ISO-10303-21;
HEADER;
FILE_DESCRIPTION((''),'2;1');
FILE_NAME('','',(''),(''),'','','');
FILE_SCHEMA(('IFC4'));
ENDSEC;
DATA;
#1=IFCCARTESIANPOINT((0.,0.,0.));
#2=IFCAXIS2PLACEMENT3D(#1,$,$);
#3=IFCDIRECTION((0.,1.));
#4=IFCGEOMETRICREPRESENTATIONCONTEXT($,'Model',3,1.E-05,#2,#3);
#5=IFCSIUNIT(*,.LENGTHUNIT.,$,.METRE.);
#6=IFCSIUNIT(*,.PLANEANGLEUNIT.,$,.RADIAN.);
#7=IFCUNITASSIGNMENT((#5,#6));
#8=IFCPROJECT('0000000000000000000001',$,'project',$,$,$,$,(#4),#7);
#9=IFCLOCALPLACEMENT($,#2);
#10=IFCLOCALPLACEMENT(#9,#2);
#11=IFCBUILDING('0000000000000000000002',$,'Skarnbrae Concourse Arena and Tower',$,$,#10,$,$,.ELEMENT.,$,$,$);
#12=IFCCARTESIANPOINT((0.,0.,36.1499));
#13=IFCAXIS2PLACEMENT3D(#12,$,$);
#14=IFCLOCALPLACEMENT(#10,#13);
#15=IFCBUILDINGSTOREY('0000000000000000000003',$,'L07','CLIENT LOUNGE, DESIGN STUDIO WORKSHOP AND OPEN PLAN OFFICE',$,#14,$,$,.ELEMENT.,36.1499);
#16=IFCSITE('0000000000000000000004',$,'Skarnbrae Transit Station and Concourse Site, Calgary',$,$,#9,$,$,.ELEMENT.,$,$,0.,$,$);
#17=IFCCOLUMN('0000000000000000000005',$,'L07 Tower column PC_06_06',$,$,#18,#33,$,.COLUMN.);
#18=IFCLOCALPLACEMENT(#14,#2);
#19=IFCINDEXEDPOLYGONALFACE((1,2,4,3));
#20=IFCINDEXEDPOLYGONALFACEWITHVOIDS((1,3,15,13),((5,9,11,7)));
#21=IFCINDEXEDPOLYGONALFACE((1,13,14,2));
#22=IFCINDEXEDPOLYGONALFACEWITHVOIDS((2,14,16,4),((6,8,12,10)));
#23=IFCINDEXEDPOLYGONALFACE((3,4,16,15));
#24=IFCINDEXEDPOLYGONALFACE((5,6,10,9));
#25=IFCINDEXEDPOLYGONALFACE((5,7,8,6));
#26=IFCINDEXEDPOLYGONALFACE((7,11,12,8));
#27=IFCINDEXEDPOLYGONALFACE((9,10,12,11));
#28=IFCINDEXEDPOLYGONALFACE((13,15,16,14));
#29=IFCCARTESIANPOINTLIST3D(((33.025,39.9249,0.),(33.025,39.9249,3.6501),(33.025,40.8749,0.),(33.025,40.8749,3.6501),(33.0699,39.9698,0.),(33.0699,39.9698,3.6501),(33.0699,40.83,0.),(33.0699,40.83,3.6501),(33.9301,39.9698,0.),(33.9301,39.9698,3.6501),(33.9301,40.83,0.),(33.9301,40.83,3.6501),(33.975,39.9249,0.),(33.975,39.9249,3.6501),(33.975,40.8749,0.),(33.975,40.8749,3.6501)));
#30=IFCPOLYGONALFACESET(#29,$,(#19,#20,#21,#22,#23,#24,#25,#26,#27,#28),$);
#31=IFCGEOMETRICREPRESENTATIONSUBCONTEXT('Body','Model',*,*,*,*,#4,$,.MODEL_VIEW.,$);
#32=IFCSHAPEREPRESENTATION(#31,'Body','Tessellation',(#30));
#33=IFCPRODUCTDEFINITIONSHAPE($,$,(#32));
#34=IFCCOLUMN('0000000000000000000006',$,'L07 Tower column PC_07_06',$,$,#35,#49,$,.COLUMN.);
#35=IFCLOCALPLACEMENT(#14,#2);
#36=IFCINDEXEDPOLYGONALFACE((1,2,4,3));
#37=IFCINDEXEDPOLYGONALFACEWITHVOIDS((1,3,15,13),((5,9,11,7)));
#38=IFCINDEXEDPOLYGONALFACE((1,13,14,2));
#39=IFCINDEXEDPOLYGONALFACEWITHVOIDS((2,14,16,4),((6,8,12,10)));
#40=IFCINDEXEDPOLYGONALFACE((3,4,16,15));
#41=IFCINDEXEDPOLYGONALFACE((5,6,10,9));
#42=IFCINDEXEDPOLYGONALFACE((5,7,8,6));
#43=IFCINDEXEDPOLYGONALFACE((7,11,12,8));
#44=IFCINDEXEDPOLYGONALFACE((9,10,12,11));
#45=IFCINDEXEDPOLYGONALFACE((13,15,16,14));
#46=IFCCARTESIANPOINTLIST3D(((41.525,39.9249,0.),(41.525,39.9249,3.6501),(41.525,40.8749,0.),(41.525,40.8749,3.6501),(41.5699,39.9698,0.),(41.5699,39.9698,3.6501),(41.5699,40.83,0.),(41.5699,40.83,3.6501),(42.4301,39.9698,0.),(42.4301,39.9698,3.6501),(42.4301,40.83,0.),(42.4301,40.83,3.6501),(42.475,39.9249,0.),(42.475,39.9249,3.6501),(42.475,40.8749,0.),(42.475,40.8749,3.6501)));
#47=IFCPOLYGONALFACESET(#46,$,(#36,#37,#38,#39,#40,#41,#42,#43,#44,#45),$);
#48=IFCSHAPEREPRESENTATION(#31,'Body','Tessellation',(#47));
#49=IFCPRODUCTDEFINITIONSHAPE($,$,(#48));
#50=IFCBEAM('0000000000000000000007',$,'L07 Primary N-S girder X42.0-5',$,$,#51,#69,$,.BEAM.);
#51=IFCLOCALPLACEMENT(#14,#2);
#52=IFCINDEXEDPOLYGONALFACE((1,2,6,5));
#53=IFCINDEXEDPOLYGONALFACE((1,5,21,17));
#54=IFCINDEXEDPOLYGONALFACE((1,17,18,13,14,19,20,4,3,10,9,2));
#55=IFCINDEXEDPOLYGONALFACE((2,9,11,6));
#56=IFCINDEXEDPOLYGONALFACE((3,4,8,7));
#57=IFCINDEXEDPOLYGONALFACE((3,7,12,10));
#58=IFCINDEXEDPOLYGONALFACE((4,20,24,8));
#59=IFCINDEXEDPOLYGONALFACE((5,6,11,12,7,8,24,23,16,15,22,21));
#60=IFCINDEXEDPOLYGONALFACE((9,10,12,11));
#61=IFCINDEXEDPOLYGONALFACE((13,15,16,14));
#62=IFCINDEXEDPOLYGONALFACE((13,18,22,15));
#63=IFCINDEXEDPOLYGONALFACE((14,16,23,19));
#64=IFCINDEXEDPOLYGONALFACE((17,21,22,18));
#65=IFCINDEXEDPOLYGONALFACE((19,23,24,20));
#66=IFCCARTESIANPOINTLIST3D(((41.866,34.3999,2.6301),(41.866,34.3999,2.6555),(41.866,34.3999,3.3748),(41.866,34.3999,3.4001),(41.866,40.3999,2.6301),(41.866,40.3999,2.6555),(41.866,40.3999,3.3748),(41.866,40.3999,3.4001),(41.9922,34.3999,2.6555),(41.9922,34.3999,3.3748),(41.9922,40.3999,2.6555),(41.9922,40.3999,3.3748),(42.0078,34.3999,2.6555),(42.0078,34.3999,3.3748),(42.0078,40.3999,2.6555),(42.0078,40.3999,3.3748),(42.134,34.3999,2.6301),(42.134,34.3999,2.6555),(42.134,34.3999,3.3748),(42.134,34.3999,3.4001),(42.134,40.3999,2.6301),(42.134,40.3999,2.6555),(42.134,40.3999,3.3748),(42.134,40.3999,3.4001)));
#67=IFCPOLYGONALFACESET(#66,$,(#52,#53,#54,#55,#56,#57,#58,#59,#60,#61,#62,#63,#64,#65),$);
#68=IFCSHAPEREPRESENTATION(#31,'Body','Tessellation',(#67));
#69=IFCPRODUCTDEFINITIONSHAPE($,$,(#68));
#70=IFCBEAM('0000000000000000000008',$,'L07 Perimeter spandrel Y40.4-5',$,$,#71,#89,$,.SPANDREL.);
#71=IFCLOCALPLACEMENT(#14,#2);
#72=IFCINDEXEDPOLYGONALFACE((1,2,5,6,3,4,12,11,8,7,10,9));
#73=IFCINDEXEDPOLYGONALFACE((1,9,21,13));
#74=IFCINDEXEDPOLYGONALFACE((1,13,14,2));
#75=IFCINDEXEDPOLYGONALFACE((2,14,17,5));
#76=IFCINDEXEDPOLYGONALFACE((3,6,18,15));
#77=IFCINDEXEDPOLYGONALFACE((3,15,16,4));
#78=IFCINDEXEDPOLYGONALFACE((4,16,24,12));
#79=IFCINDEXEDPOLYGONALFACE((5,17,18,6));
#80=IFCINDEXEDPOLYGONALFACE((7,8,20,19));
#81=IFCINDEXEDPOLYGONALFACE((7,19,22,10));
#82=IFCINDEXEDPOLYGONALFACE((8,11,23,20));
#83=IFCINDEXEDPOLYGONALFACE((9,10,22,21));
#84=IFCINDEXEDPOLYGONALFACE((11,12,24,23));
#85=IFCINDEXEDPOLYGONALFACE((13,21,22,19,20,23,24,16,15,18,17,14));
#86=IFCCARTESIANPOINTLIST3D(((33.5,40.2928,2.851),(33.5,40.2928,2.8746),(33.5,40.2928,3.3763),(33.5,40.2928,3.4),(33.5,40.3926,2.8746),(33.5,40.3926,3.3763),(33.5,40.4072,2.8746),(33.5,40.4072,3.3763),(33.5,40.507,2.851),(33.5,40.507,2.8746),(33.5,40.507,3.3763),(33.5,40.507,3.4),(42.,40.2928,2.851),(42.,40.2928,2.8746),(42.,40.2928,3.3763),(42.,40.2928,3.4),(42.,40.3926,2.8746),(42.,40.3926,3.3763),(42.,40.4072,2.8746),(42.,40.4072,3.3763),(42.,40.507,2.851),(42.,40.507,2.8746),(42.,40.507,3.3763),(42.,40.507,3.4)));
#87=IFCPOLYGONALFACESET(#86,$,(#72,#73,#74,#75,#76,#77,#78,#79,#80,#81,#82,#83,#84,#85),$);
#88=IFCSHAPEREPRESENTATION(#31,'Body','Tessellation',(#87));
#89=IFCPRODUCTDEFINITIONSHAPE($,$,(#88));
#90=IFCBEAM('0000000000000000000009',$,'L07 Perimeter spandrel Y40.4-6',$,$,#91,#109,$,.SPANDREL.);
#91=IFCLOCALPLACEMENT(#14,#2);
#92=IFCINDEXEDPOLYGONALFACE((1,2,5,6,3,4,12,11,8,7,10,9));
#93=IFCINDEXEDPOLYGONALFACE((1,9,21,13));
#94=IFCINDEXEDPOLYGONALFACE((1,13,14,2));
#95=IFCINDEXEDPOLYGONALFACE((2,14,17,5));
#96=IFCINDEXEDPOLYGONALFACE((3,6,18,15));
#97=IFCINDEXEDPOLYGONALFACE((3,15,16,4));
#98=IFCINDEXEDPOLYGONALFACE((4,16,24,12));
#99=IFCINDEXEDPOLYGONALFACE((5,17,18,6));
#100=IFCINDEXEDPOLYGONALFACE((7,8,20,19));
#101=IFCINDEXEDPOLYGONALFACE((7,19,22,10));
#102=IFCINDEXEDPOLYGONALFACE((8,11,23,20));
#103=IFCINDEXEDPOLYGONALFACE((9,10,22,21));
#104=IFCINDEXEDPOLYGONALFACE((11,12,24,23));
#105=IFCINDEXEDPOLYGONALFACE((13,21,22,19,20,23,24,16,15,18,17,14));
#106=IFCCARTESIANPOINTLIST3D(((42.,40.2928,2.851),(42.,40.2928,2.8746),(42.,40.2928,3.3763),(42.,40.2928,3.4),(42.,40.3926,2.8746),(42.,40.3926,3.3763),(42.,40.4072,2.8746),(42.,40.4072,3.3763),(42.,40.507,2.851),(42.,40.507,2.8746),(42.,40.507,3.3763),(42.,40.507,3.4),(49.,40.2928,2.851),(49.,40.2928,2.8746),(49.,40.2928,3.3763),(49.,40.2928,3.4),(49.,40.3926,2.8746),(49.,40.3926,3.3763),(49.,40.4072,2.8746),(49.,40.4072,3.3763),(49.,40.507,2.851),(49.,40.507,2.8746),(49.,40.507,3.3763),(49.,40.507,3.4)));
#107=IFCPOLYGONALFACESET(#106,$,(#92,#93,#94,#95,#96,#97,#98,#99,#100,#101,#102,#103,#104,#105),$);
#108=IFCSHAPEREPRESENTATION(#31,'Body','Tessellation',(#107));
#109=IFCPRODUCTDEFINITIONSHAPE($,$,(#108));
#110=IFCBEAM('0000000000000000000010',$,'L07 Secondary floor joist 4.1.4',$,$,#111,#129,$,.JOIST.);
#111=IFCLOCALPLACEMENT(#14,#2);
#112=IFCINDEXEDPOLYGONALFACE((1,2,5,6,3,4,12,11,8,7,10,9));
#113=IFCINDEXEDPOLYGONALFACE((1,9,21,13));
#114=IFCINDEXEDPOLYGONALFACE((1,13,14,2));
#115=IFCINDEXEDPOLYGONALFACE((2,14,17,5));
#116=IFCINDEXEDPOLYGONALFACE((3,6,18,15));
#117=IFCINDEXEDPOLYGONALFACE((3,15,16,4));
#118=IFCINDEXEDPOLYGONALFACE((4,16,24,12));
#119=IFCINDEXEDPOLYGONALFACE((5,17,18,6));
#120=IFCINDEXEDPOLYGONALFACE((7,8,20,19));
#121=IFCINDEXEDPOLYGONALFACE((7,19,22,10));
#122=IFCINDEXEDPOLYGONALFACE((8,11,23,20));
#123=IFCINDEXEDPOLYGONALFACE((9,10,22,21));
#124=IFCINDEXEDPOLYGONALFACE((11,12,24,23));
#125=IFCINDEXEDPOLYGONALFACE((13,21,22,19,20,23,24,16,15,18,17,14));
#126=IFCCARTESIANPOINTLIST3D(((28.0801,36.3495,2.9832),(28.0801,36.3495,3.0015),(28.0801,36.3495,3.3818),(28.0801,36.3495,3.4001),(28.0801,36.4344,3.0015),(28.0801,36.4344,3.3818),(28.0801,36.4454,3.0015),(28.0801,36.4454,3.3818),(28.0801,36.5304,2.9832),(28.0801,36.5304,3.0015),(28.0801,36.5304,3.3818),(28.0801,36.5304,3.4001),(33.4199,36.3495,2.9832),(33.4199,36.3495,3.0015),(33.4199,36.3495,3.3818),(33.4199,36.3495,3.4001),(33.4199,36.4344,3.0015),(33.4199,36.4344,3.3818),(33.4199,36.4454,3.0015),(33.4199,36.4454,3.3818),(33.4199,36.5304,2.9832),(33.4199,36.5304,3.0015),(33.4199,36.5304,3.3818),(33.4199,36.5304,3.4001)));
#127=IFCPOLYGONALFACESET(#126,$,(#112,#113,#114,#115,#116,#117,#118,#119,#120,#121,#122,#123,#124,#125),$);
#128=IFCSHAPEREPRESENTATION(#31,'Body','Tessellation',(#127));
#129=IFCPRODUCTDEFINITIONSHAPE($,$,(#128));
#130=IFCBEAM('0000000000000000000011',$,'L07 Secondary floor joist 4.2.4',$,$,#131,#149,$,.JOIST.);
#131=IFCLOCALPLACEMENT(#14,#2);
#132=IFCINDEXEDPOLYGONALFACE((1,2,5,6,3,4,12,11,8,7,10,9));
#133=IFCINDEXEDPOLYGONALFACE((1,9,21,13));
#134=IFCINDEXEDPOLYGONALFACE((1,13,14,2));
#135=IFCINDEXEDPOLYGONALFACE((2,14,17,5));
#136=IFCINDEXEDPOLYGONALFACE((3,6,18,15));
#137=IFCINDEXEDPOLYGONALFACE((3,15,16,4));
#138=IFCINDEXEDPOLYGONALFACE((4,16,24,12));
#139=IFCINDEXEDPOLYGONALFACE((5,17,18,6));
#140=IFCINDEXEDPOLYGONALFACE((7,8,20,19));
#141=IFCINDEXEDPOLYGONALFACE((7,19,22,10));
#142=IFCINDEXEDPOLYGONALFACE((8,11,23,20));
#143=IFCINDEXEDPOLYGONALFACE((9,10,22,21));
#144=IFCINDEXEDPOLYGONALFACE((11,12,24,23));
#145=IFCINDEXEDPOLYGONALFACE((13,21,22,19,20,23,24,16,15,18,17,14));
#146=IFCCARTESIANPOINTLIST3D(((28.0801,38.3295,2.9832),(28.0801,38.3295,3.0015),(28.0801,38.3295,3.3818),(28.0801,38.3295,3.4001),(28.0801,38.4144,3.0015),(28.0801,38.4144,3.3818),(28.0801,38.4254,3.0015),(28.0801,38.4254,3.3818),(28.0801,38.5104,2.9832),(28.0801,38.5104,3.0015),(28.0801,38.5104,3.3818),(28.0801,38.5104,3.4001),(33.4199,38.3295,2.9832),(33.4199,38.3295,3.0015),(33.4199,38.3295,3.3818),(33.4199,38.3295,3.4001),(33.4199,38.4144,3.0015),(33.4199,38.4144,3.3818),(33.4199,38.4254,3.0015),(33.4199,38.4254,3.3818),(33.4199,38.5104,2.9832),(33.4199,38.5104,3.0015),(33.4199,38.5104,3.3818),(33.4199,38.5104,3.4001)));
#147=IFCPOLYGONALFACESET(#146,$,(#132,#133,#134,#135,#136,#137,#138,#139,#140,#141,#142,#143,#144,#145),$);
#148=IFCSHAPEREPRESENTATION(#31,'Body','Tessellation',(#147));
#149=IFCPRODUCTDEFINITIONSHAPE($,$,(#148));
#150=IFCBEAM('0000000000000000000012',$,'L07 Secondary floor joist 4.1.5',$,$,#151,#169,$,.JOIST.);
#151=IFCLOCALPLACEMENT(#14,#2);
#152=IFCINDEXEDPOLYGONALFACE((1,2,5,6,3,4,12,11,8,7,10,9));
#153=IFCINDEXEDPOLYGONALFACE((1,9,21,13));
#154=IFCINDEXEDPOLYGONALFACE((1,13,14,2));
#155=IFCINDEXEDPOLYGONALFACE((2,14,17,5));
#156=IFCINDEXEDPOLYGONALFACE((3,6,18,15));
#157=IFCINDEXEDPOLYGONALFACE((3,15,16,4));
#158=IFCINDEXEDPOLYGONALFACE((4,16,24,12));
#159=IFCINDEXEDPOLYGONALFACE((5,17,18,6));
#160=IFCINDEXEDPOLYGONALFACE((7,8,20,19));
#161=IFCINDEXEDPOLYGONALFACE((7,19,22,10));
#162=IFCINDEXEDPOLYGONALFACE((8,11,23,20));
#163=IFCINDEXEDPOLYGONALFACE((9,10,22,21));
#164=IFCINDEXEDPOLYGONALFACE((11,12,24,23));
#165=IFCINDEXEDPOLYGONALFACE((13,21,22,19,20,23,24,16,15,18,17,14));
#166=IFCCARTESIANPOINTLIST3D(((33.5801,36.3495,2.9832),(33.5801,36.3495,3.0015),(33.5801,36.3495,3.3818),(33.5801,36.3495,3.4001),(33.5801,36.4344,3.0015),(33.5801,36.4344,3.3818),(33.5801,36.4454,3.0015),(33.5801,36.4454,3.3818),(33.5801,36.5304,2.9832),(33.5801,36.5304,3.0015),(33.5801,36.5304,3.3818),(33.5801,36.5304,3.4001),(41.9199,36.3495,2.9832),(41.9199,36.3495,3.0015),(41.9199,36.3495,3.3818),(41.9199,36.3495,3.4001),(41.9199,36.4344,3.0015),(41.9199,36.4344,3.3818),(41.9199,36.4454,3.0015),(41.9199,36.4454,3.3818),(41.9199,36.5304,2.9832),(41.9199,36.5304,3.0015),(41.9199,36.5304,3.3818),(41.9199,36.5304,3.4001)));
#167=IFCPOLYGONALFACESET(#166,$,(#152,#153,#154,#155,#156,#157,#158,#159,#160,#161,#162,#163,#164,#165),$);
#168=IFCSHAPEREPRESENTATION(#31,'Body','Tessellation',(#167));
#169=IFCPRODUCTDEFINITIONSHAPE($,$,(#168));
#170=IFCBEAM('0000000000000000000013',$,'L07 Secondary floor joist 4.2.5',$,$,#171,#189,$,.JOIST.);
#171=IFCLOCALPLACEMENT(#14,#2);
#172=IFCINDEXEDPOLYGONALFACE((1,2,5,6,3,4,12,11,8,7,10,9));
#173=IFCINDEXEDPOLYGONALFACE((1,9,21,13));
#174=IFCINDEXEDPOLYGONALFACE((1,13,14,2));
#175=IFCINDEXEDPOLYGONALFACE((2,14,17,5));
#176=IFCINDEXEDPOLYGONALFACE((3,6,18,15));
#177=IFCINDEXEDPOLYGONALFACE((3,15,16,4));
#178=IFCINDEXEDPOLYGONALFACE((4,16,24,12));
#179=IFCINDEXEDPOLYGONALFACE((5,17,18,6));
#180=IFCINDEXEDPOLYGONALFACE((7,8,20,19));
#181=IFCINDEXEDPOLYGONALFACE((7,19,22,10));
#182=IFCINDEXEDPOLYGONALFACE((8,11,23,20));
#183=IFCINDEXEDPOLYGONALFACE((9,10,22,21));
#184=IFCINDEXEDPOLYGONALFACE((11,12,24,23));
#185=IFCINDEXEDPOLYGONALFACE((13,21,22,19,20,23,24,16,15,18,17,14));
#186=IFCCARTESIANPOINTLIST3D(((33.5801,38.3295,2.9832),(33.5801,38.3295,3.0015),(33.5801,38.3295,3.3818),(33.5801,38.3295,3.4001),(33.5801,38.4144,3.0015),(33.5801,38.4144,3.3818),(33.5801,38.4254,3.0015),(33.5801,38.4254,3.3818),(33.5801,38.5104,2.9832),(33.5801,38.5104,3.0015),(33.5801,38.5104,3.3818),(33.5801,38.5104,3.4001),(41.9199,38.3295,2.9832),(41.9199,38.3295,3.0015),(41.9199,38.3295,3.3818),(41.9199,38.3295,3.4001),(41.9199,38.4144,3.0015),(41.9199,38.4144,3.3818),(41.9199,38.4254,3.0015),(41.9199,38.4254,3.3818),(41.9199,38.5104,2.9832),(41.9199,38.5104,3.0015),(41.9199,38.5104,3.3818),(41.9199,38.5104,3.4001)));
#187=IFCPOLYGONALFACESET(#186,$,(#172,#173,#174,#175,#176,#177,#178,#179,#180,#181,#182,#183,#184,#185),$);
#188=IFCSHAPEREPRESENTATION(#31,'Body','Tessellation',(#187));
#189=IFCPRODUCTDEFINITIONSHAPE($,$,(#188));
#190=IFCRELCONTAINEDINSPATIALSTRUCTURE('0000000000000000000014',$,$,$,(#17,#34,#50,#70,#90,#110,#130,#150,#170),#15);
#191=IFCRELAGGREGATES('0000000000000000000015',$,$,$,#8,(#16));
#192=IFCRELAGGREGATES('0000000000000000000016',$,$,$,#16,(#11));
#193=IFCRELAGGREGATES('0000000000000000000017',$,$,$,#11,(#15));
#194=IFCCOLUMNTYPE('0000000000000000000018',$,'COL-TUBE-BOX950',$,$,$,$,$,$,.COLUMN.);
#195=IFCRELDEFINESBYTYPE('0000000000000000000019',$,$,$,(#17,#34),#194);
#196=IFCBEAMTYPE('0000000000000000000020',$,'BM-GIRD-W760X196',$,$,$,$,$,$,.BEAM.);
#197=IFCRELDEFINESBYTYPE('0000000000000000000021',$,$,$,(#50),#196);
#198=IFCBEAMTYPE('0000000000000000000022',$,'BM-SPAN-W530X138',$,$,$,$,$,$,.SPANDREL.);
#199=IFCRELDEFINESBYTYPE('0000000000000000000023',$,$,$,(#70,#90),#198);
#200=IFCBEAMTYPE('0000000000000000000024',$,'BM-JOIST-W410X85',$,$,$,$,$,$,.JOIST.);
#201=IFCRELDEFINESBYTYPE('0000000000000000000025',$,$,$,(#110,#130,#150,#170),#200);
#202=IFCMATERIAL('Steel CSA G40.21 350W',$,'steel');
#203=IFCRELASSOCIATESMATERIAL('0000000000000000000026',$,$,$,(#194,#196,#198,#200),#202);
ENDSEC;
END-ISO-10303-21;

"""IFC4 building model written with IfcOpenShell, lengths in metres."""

from ifc_helpers import new_model, si_unit, direction, frame, origin, origin_2d, place, context, subcontext, project, spatial, hollow_rectangle, i_section, extrude, source, transform, mapped, material, material_profile, profile_set, type_object, element, save


model = new_model("IFC4")

# Units and contexts
model_context = context("Model", 3, precision=1e-05, world=origin(), true_north=direction((0.0, 1.0)))
body_context = subcontext(model_context, "Body", "Model", "MODEL_VIEW")
ifc_project = project(units=[si_unit("LENGTHUNIT", "METRE"), si_unit("PLANEANGLEUNIT", "RADIAN")], contexts=[model_context])

# Site, building, storey
site_placement = place(None, origin())
site = spatial("IfcSite", under=ifc_project, at=site_placement, Name="Skarnbrae Transit Station and Concourse Site, Calgary", CompositionType="ELEMENT", RefElevation=0.0)
building_placement = place(site_placement, origin())
building = spatial("IfcBuilding", under=site, at=building_placement, Name="Skarnbrae Concourse Arena and Tower", CompositionType="ELEMENT")
storey_placement = place(building_placement, frame((0.0, 0.0, 36.1499)))
storey = spatial("IfcBuildingStorey", under=building, at=storey_placement, Name="L07", Description="CLIENT LOUNGE, DESIGN STUDIO WORKSHOP AND OPEN PLAN OFFICE", CompositionType="ELEMENT", Elevation=36.1499)

# Columns
ifc_material_1 = material(Name="Steel CSA G40.21 350W", Category="steel")
ifc_material_profile_1 = material_profile(ifc_material_1, hollow_rectangle(XDim=0.95, YDim=0.95, WallThickness=0.0449, at=origin_2d()), Name="BOX950X950X45")
ifc_profile_set_1 = profile_set([ifc_material_profile_1], Name="Steel CSA G40.21 350W")
column_type = type_object("IfcColumnType", Name="COL-TUBE-BOX950", PredefinedType="COLUMN", material=ifc_profile_set_1)
shared_shape_1 = source(origin(), body_context, "Body", "SweptSolid", [
    extrude(hollow_rectangle(XDim=0.95, YDim=0.95, WallThickness=0.0449, at=origin_2d()), origin(), (0.0, 0.0, 1.0), 3.6501),
])
for number, where, z_axis, x_axis, name in (
    (1, (33.5, 40.3999, 0.0), (0.0, 0.0, 1.0), (1.0, 0.0, 0.0), "L07 Tower column PC_06_06"),
    (2, (42.0, 40.3999, 0.0), (0.0, 0.0, 1.0), (1.0, 0.0, 0.0), "L07 Tower column PC_07_06"),
):
    element("IfcColumn", number, at=place(storey_placement, frame(where, z_axis=z_axis, x_axis=x_axis)), inside=storey, type_object=column_type, Name=name, PredefinedType="COLUMN", context=body_context, shape_type="MappedRepresentation", body=[
        mapped(shared_shape_1, transform((0.0, 0.0, 0.0))),
    ])

# Beams
ifc_material_profile_2 = material_profile(ifc_material_1, i_section(OverallWidth=0.2681, OverallDepth=0.77, WebThickness=0.0156, FlangeThickness=0.0254, at=origin_2d()), Name="W760X196")
ifc_profile_set_2 = profile_set([ifc_material_profile_2], Name="Steel CSA G40.21 350W")
beam_type_1 = type_object("IfcBeamType", Name="BM-GIRD-W760X196", PredefinedType="BEAM", material=ifc_profile_set_2)
shared_shape_2 = source(origin(), body_context, "Body", "SweptSolid", [
    extrude(i_section(OverallWidth=0.2681, OverallDepth=0.77, WebThickness=0.0156, FlangeThickness=0.0254, at=origin_2d()), origin(), (0.0, 0.0, 1.0), 6.0),
])
beam_1_placement = place(storey_placement, frame((42.0, 34.3999, 3.0151), z_axis=(0.0, 1.0, 0.0), x_axis=(-1.0, 0.0, 0.0)))
element("IfcBeam", 3, at=beam_1_placement, inside=storey, type_object=beam_type_1, Name="L07 Primary N-S girder X42.0-5", PredefinedType="BEAM", context=body_context, shape_type="MappedRepresentation", body=[
    mapped(shared_shape_2, transform((0.0, 0.0, 0.0))),
])
ifc_material_profile_3 = material_profile(ifc_material_1, i_section(OverallWidth=0.2141, OverallDepth=0.5491, WebThickness=0.0146, FlangeThickness=0.0237, at=origin_2d()), Name="W530X138")
ifc_profile_set_3 = profile_set([ifc_material_profile_3], Name="Steel CSA G40.21 350W")
beam_type_2 = type_object("IfcBeamType", Name="BM-SPAN-W530X138", PredefinedType="SPANDREL", material=ifc_profile_set_3)
shared_shape_3 = source(origin(), body_context, "Body", "SweptSolid", [
    extrude(i_section(OverallWidth=0.2141, OverallDepth=0.5491, WebThickness=0.0146, FlangeThickness=0.0237, at=origin_2d()), origin(), (0.0, 0.0, 1.0), 8.5),
])
beam_2_placement = place(storey_placement, frame((33.5, 40.3999, 3.1255), z_axis=(1.0, 0.0, 0.0), x_axis=(0.0, 1.0, 0.0)))
element("IfcBeam", 4, at=beam_2_placement, inside=storey, type_object=beam_type_2, Name="L07 Perimeter spandrel Y40.4-5", PredefinedType="SPANDREL", context=body_context, shape_type="MappedRepresentation", body=[
    mapped(shared_shape_3, transform((0.0, 0.0, 0.0))),
])
shared_shape_4 = source(origin(), body_context, "Body", "SweptSolid", [
    extrude(i_section(OverallWidth=0.2141, OverallDepth=0.5491, WebThickness=0.0146, FlangeThickness=0.0237, at=origin_2d()), origin(), (0.0, 0.0, 1.0), 7.0),
])
beam_3_placement = place(storey_placement, frame((42.0, 40.3999, 3.1255), z_axis=(1.0, 0.0, 0.0), x_axis=(0.0, 1.0, 0.0)))
element("IfcBeam", 5, at=beam_3_placement, inside=storey, type_object=beam_type_2, Name="L07 Perimeter spandrel Y40.4-6", PredefinedType="SPANDREL", context=body_context, shape_type="MappedRepresentation", body=[
    mapped(shared_shape_4, transform((0.0, 0.0, 0.0))),
])
ifc_material_profile_4 = material_profile(ifc_material_1, i_section(OverallWidth=0.1809, OverallDepth=0.417, WebThickness=0.011, FlangeThickness=0.0183, at=origin_2d()), Name="W410X85")
ifc_profile_set_4 = profile_set([ifc_material_profile_4], Name="Steel CSA G40.21 350W")
beam_type_3 = type_object("IfcBeamType", Name="BM-JOIST-W410X85", PredefinedType="JOIST", material=ifc_profile_set_4)
shared_shape_5 = source(origin(), body_context, "Body", "SweptSolid", [
    extrude(i_section(OverallWidth=0.1809, OverallDepth=0.417, WebThickness=0.011, FlangeThickness=0.0183, at=origin_2d()), origin(), (0.0, 0.0, 1.0), 5.3398),
])
for number, where, z_axis, x_axis, name in (
    (6, (28.0801, 36.4399, 3.1917), (1.0, 0.0, 0.0), (0.0, 1.0, 0.0), "L07 Secondary floor joist 4.1.4"),
    (7, (28.0801, 38.4199, 3.1917), (1.0, 0.0, 0.0), (0.0, 1.0, 0.0), "L07 Secondary floor joist 4.2.4"),
):
    element("IfcBeam", number, at=place(storey_placement, frame(where, z_axis=z_axis, x_axis=x_axis)), inside=storey, type_object=beam_type_3, Name=name, PredefinedType="JOIST", context=body_context, shape_type="MappedRepresentation", body=[
        mapped(shared_shape_5, transform((0.0, 0.0, 0.0))),
    ])
shared_shape_6 = source(origin(), body_context, "Body", "SweptSolid", [
    extrude(i_section(OverallWidth=0.1809, OverallDepth=0.417, WebThickness=0.011, FlangeThickness=0.0183, at=origin_2d()), origin(), (0.0, 0.0, 1.0), 8.3398),
])
for number, where, z_axis, x_axis, name in (
    (8, (33.5801, 36.4399, 3.1917), (1.0, 0.0, 0.0), (0.0, 1.0, 0.0), "L07 Secondary floor joist 4.1.5"),
    (9, (33.5801, 38.4199, 3.1917), (1.0, 0.0, 0.0), (0.0, 1.0, 0.0), "L07 Secondary floor joist 4.2.5"),
):
    element("IfcBeam", number, at=place(storey_placement, frame(where, z_axis=z_axis, x_axis=x_axis)), inside=storey, type_object=beam_type_3, Name=name, PredefinedType="JOIST", context=body_context, shape_type="MappedRepresentation", body=[
        mapped(shared_shape_6, transform((0.0, 0.0, 0.0))),
    ])

save(model, "model.ifc")
